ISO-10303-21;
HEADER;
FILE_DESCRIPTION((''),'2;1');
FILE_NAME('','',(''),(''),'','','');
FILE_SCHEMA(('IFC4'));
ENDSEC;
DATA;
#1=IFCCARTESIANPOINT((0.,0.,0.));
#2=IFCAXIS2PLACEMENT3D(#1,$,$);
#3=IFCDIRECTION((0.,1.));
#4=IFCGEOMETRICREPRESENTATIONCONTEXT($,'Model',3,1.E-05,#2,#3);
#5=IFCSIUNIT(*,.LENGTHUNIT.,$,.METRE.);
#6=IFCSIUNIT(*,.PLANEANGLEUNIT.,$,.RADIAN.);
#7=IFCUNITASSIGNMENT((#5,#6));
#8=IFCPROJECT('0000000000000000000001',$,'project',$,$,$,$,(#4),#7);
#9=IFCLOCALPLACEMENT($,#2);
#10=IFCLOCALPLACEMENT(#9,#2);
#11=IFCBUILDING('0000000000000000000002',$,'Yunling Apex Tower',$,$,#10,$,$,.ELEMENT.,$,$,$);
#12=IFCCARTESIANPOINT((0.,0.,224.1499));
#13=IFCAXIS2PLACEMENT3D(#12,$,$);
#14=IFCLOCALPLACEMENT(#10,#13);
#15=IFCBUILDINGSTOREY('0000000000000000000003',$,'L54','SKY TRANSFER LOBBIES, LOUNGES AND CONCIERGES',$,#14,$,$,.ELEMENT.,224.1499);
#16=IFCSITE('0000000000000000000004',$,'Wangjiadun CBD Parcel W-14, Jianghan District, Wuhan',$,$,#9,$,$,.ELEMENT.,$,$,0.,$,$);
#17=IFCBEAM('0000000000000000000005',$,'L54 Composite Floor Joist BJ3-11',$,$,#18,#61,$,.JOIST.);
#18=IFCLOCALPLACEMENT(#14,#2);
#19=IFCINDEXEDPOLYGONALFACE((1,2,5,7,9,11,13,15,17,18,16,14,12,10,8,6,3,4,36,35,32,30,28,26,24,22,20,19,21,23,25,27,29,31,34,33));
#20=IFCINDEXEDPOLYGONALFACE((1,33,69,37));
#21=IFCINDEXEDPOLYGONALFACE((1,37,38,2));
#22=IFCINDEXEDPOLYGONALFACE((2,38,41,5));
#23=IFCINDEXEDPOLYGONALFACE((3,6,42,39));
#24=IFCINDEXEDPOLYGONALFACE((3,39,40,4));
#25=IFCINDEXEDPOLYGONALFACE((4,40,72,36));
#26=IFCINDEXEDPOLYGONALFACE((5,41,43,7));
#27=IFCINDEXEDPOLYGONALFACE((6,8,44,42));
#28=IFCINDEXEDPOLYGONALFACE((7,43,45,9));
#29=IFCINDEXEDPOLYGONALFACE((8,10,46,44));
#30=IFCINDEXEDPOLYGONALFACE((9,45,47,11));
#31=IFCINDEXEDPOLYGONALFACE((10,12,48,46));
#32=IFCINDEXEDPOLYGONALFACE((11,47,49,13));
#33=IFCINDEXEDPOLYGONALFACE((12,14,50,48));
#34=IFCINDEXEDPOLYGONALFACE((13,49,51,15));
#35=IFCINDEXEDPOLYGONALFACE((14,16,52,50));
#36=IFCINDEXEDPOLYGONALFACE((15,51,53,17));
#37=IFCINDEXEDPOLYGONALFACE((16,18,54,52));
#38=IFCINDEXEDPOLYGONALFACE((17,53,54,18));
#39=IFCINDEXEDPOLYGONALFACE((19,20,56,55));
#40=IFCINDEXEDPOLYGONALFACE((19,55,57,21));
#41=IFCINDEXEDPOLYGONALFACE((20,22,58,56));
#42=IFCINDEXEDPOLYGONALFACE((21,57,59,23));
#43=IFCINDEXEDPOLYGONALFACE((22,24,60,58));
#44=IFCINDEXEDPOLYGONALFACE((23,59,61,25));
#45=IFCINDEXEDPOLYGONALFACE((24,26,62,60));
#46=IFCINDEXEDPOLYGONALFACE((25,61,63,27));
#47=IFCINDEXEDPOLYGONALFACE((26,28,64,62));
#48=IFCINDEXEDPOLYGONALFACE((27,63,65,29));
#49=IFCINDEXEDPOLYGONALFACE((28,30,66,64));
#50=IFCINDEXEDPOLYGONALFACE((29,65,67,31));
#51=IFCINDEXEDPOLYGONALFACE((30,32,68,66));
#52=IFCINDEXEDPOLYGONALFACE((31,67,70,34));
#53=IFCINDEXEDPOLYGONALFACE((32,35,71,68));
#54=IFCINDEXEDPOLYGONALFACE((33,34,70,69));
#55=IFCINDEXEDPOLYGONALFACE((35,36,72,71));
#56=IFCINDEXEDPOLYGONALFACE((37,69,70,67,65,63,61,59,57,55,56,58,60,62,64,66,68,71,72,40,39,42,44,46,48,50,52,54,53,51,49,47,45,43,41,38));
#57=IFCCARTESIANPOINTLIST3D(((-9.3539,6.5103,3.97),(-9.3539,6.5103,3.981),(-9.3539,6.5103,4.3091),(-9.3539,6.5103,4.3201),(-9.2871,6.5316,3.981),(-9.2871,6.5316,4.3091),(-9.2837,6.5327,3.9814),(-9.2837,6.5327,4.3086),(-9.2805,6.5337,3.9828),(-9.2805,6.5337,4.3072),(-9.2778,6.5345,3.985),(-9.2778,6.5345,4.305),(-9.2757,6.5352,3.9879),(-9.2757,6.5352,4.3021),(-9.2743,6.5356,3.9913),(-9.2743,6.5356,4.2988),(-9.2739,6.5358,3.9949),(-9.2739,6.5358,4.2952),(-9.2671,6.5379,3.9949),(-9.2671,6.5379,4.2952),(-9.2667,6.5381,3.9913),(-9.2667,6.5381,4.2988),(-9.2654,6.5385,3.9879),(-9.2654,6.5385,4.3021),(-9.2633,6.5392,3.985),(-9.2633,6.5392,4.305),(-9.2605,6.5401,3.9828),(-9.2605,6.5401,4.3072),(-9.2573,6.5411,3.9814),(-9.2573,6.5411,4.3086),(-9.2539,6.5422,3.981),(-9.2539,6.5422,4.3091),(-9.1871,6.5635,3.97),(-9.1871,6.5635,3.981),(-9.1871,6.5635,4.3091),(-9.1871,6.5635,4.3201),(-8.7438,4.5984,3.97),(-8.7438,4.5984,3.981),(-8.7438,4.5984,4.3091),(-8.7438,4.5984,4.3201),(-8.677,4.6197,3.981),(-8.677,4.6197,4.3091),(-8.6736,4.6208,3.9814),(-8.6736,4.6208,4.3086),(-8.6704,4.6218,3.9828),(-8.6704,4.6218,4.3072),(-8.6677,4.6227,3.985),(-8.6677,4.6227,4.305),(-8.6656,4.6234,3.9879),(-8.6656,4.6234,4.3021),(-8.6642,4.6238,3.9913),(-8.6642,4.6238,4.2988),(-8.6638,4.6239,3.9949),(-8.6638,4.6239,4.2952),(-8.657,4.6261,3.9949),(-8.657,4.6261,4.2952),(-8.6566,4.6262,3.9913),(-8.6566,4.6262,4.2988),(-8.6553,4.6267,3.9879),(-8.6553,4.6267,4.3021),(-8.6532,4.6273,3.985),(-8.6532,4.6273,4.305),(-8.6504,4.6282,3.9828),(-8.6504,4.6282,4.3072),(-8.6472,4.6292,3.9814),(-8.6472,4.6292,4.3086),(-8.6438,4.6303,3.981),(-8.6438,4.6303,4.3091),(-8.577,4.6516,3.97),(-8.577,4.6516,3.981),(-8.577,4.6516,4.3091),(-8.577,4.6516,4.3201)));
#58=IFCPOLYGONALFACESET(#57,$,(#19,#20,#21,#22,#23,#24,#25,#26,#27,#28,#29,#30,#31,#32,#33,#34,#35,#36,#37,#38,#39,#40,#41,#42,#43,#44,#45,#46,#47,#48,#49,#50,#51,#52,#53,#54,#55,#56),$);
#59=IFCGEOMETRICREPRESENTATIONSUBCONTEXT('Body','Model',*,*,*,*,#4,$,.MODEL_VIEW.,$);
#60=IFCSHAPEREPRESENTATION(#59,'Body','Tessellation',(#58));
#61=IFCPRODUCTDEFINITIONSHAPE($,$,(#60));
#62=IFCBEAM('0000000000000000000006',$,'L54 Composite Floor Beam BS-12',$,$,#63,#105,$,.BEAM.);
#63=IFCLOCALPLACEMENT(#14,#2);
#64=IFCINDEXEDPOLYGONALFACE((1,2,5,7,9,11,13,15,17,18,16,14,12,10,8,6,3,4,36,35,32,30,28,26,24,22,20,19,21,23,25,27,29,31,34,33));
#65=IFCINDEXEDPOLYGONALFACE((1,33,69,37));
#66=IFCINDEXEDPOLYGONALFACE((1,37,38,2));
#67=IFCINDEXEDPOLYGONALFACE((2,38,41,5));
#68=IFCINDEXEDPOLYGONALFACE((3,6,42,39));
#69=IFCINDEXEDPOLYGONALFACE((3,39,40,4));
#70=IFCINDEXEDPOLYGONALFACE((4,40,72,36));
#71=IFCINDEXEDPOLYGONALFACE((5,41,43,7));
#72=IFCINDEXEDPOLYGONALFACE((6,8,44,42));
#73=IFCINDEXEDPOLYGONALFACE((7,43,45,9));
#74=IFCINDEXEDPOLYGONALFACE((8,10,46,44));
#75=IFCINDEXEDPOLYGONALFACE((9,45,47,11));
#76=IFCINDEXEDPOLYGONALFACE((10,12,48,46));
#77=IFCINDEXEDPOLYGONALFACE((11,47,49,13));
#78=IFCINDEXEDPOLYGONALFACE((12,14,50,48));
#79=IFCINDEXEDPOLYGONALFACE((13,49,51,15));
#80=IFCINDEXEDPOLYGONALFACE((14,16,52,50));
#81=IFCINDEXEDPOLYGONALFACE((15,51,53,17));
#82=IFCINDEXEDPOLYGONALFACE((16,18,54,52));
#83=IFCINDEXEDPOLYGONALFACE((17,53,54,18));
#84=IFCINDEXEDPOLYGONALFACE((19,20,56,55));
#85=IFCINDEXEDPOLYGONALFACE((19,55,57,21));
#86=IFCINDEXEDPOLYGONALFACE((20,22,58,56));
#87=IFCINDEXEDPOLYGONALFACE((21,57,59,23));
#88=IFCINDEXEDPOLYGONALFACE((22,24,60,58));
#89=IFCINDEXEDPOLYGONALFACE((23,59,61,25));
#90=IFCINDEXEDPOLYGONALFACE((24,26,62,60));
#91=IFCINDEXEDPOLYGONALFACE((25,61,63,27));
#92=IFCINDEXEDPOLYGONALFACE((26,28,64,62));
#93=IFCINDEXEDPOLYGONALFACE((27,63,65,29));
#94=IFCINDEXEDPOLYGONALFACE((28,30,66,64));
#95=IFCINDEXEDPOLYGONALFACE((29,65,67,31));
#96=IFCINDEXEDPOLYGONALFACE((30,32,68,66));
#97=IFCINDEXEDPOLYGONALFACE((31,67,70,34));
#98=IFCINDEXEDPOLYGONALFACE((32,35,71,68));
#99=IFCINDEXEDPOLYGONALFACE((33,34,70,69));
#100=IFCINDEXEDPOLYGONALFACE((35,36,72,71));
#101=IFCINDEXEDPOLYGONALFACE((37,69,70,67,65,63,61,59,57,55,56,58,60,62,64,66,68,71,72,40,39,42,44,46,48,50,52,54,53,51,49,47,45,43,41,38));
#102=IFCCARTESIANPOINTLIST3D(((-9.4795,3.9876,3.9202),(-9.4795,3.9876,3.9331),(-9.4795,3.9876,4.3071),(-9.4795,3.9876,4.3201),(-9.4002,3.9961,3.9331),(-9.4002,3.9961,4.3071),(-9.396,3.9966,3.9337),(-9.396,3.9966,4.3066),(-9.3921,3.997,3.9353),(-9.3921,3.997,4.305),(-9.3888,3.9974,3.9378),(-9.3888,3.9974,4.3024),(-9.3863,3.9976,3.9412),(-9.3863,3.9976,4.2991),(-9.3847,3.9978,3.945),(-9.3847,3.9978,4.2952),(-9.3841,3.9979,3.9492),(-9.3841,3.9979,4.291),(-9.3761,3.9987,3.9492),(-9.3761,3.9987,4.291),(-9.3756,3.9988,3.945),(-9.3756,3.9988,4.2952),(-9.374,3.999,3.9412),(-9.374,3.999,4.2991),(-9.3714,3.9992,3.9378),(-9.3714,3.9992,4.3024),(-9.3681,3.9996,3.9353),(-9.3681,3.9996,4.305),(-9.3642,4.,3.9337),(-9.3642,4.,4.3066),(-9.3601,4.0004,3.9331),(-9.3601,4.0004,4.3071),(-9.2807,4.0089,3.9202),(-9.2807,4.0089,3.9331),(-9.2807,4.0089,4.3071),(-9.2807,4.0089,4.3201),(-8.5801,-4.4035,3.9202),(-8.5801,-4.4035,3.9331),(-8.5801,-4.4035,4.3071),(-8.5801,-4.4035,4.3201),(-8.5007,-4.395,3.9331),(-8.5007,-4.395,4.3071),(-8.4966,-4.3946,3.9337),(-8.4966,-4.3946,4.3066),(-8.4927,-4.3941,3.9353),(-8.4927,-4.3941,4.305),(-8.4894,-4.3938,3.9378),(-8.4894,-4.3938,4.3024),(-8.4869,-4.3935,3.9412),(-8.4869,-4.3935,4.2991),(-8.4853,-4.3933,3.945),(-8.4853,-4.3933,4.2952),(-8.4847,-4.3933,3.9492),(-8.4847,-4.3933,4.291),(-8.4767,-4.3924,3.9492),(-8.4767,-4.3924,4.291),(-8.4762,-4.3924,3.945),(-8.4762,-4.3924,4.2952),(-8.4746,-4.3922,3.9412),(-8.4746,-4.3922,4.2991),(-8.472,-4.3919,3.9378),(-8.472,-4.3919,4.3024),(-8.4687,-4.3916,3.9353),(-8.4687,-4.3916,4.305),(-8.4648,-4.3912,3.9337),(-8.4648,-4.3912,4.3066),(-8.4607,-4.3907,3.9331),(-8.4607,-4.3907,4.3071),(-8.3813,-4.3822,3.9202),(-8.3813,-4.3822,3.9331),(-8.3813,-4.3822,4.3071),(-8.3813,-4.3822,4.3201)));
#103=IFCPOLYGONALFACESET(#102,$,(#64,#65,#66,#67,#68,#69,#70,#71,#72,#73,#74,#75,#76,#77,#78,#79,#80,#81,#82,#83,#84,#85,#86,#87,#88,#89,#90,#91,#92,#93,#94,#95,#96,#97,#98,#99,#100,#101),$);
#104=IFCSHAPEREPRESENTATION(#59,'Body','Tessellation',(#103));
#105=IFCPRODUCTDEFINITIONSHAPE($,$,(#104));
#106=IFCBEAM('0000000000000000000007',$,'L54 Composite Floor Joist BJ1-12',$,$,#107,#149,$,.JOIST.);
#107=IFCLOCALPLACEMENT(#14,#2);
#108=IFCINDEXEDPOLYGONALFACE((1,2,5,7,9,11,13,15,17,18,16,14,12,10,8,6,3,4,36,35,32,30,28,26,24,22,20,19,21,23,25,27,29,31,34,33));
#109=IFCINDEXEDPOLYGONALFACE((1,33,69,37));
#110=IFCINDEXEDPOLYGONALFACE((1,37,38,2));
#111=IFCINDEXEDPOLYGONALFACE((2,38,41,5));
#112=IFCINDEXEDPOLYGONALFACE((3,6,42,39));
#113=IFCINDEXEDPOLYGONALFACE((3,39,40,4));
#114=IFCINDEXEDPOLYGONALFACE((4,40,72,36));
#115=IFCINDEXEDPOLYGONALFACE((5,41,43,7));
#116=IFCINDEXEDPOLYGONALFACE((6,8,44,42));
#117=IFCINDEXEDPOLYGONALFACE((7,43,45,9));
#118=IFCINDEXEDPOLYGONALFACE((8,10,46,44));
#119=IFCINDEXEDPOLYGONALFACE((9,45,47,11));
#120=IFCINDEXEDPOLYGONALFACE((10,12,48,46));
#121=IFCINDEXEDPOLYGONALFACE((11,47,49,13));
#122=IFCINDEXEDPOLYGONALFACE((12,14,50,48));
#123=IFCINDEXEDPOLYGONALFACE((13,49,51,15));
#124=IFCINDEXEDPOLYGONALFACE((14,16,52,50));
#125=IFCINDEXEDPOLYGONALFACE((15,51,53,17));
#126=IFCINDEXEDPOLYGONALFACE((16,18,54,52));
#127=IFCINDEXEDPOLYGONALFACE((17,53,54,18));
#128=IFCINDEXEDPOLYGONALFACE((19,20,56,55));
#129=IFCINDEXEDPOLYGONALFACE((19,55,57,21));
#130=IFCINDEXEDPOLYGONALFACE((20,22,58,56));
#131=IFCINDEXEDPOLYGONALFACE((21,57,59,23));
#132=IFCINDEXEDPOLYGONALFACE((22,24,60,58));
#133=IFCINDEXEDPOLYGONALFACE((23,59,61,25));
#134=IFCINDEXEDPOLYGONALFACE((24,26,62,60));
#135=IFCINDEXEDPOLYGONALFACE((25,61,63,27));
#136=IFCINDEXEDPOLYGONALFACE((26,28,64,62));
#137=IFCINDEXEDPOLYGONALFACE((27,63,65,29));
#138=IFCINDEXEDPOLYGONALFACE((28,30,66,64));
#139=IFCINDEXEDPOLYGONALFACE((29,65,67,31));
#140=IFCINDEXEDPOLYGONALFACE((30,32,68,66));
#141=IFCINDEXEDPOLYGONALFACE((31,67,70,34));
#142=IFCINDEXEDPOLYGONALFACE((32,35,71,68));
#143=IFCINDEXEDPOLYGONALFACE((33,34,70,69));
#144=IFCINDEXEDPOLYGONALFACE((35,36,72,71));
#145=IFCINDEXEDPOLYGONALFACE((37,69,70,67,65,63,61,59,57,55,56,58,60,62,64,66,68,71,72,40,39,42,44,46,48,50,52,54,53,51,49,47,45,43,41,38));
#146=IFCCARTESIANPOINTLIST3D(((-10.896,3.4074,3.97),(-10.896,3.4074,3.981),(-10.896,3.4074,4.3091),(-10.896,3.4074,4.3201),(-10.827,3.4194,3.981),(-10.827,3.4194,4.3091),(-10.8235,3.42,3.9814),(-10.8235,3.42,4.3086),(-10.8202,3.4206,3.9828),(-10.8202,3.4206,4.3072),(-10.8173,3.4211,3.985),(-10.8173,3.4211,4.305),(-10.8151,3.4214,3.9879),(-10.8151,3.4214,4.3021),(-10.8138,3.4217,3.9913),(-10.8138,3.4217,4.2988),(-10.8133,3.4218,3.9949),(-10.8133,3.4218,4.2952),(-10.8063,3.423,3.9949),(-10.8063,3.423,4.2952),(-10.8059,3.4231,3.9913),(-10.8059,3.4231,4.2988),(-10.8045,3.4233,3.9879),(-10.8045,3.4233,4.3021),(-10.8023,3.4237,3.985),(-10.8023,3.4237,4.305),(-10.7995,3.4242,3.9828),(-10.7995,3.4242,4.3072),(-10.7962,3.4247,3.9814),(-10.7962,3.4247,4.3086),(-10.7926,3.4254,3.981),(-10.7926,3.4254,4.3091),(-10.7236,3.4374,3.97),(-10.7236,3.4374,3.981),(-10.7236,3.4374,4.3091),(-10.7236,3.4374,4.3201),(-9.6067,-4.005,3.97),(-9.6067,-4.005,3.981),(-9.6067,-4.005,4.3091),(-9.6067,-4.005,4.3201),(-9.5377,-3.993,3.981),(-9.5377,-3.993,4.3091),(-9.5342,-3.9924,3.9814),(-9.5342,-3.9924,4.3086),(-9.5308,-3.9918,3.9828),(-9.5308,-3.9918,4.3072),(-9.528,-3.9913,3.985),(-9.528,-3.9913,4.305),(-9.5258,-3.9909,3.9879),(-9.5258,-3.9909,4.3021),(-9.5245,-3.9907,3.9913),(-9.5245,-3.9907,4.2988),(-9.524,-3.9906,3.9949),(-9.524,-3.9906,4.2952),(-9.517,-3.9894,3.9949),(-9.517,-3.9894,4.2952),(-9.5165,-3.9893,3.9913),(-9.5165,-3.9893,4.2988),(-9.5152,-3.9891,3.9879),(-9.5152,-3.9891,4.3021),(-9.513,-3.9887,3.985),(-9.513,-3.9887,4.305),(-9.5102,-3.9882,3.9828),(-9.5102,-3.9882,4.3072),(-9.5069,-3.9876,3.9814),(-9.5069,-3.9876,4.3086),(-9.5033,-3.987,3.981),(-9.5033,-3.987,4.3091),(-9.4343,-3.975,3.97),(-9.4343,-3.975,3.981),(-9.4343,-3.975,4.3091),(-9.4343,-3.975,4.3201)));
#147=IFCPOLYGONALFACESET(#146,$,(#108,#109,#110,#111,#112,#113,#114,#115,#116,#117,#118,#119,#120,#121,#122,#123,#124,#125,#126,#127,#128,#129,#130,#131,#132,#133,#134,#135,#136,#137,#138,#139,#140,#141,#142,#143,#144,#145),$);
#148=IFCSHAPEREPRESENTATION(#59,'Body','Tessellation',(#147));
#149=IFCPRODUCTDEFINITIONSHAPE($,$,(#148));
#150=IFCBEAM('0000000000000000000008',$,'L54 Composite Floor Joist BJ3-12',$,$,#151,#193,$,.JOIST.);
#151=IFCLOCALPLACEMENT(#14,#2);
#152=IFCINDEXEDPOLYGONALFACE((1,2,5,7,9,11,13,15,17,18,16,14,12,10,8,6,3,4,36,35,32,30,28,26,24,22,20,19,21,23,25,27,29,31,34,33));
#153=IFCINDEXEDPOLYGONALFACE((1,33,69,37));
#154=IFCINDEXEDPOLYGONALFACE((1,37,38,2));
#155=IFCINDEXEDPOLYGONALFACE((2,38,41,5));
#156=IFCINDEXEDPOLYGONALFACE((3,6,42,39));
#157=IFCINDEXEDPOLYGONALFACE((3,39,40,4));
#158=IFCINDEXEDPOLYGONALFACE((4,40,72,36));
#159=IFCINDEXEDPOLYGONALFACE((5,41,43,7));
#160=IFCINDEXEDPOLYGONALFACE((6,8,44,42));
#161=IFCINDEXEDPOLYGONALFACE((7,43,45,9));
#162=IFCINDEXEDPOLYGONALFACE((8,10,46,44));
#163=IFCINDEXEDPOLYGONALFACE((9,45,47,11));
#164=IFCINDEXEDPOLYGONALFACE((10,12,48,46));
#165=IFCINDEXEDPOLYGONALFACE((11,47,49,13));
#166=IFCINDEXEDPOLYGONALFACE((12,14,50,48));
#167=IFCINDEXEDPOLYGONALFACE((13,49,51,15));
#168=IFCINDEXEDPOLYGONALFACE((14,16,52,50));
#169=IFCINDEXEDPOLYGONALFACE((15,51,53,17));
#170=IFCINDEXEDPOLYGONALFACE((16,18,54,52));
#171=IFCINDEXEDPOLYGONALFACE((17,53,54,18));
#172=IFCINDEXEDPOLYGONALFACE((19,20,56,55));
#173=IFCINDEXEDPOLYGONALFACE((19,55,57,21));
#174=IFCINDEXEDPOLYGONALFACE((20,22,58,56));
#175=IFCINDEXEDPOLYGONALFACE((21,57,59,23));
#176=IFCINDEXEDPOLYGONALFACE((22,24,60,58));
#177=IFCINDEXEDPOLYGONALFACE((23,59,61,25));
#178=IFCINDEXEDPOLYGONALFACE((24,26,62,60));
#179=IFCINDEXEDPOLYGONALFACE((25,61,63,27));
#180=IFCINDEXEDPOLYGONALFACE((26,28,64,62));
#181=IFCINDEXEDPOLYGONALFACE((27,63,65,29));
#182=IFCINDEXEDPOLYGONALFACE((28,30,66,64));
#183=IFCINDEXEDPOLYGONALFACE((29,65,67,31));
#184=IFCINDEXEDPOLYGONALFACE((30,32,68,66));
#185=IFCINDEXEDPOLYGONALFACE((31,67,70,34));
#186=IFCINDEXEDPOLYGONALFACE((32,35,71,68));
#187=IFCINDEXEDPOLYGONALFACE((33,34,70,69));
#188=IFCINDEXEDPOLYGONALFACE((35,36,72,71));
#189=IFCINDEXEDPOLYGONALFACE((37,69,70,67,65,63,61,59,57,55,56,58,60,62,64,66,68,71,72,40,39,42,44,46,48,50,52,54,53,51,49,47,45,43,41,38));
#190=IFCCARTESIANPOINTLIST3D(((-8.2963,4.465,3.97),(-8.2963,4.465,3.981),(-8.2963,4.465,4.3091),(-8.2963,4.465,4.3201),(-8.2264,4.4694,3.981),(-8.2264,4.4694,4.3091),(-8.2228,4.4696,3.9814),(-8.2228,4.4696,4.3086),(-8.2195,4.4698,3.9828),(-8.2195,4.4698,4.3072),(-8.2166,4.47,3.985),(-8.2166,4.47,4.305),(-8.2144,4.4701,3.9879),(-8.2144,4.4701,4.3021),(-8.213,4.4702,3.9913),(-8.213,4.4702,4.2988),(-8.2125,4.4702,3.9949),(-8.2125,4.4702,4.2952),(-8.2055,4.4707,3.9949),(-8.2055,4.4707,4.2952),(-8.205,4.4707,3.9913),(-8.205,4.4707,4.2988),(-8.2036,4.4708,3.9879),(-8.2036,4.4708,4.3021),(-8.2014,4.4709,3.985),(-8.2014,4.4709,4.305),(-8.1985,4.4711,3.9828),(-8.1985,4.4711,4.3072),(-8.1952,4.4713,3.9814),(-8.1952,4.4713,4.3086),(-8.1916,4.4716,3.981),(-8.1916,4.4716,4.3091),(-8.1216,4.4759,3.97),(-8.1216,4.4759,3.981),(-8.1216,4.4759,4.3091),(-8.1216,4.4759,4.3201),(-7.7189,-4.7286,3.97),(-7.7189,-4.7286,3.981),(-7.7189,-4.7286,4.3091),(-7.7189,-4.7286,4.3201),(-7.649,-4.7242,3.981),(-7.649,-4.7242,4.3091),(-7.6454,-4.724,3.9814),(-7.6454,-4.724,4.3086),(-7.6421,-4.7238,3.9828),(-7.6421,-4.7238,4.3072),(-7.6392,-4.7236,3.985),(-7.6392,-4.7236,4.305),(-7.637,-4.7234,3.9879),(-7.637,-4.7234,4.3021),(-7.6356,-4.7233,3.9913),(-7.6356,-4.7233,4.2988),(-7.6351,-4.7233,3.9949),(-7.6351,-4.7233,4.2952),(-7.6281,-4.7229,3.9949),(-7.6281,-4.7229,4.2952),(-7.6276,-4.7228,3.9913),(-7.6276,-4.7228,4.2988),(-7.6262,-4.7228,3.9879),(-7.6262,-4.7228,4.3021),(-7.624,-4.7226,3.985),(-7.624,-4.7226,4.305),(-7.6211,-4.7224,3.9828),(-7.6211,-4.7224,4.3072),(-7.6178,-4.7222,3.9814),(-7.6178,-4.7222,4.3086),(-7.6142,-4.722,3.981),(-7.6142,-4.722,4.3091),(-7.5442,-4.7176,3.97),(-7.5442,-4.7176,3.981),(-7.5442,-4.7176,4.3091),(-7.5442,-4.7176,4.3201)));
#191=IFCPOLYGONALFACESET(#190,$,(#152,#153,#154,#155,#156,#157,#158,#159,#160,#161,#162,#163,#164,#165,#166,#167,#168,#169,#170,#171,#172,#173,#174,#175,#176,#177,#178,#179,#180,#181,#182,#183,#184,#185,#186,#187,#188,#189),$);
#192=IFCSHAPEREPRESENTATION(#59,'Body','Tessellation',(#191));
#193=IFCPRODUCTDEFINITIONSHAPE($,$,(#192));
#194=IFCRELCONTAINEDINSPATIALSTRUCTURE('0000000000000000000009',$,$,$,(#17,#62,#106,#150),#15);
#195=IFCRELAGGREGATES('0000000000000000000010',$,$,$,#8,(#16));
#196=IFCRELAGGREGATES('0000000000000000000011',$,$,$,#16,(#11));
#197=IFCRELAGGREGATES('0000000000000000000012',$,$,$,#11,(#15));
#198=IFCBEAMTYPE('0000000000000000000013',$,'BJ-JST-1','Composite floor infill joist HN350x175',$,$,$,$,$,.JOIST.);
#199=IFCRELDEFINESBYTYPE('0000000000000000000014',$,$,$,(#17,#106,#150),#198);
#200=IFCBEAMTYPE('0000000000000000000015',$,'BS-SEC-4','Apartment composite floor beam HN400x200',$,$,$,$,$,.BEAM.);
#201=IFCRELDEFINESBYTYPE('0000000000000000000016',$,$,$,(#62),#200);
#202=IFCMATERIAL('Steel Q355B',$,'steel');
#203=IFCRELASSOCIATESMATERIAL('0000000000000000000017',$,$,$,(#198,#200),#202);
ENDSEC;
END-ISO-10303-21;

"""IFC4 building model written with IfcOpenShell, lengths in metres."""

from ifc_helpers import new_model, si_unit, direction, frame, origin, origin_2d, place, context, subcontext, project, spatial, i_section, extrude, source, transform, mapped, material, material_profile, profile_set, type_object, element, save


model = new_model("IFC4")

# Units and contexts
model_context = context("Model", 3, precision=1e-05, world=origin(), true_north=direction((0.0, 1.0)))
body_context = subcontext(model_context, "Body", "Model", "MODEL_VIEW")
ifc_project = project(units=[si_unit("LENGTHUNIT", "METRE"), si_unit("PLANEANGLEUNIT", "RADIAN")], contexts=[model_context])

# Site, building, storey
site_placement = place(None, origin())
site = spatial("IfcSite", under=ifc_project, at=site_placement, Name="Wangjiadun CBD Parcel W-14, Jianghan District, Wuhan", CompositionType="ELEMENT", RefElevation=0.0)
building_placement = place(site_placement, origin())
building = spatial("IfcBuilding", under=site, at=building_placement, Name="Yunling Apex Tower", CompositionType="ELEMENT")
storey_placement = place(building_placement, frame((0.0, 0.0, 224.1499)))
storey = spatial("IfcBuildingStorey", under=building, at=storey_placement, Name="L54", Description="SKY TRANSFER LOBBIES, LOUNGES AND CONCIERGES", CompositionType="ELEMENT", Elevation=224.1499)

# Beams
ifc_material_1 = material(Name="Steel Q355B", Category="steel")
ifc_material_profile_1 = material_profile(ifc_material_1, i_section(OverallWidth=0.175, OverallDepth=0.3501, WebThickness=0.0071, FlangeThickness=0.011, FilletRadius=0.0139, at=origin_2d()))
ifc_profile_set_1 = profile_set([ifc_material_profile_1], Name="Steel Q355B")
beam_type_1 = type_object("IfcBeamType", Name="BJ-JST-1", Description="Composite floor infill joist HN350x175", PredefinedType="JOIST", material=ifc_profile_set_1)
shared_shape_1 = source(origin(), body_context, "Body", "SweptSolid", [
    extrude(i_section(OverallWidth=0.175, OverallDepth=0.3501, WebThickness=0.0071, FlangeThickness=0.011, FilletRadius=0.0139, at=origin_2d()), origin(), (0.0, 0.0, 1.0), 2.0068),
])
beam_1_placement = place(storey_placement, frame((-9.2705, 6.5369, 4.145), z_axis=(0.304012, -0.952668, 0.0), x_axis=(0.952668, 0.304012, 0.0)))
element("IfcBeam", 1, at=beam_1_placement, inside=storey, type_object=beam_type_1, Name="L54 Composite Floor Joist BJ3-11", PredefinedType="JOIST", context=body_context, shape_type="MappedRepresentation", body=[
    mapped(shared_shape_1, transform((0.0, 0.0, 0.0), scale=1.0)),
])
ifc_material_profile_2 = material_profile(ifc_material_1, i_section(OverallWidth=0.2, OverallDepth=0.3999, WebThickness=0.0081, FlangeThickness=0.0129, FilletRadius=0.0161, at=origin_2d()))
ifc_profile_set_2 = profile_set([ifc_material_profile_2], Name="Steel Q355B")
beam_type_2 = type_object("IfcBeamType", Name="BS-SEC-4", Description="Apartment composite floor beam HN400x200", PredefinedType="BEAM", material=ifc_profile_set_2)
shared_shape_2 = source(origin(), body_context, "Body", "SweptSolid", [
    extrude(i_section(OverallWidth=0.2, OverallDepth=0.3999, WebThickness=0.0081, FlangeThickness=0.0129, FilletRadius=0.0161, at=origin_2d()), origin(), (0.0, 0.0, 1.0), 8.4392),
])
beam_2_placement = place(storey_placement, frame((-9.3801, 3.9983, 4.1201), z_axis=(0.106576, -0.994305, 0.0), x_axis=(0.994305, 0.106576, 0.0)))
element("IfcBeam", 2, at=beam_2_placement, inside=storey, type_object=beam_type_2, Name="L54 Composite Floor Beam BS-12", PredefinedType="BEAM", context=body_context, shape_type="MappedRepresentation", body=[
    mapped(shared_shape_2, transform((0.0, 0.0, 0.0), scale=1.0)),
])
shared_shape_3 = source(origin(), body_context, "Body", "SweptSolid", [
    extrude(i_section(OverallWidth=0.175, OverallDepth=0.3501, WebThickness=0.0071, FlangeThickness=0.011, FilletRadius=0.0139, at=origin_2d()), origin(), (0.0, 0.0, 1.0), 7.5237),
])
beam_3_placement = place(storey_placement, frame((-10.8098, 3.4224, 4.145), z_axis=(0.171367, -0.985207, 0.0), x_axis=(0.985207, 0.171367, 0.0)))
element("IfcBeam", 3, at=beam_3_placement, inside=storey, type_object=beam_type_1, Name="L54 Composite Floor Joist BJ1-12", PredefinedType="JOIST", context=body_context, shape_type="MappedRepresentation", body=[
    mapped(shared_shape_3, transform((0.0, 0.0, 0.0), scale=1.0)),
])
shared_shape_4 = source(origin(), body_context, "Body", "SweptSolid", [
    extrude(i_section(OverallWidth=0.175, OverallDepth=0.3501, WebThickness=0.0071, FlangeThickness=0.011, FilletRadius=0.0139, at=origin_2d()), origin(), (0.0, 0.0, 1.0), 9.2117),
])
beam_4_placement = place(storey_placement, frame((-8.209, 4.4705, 4.145), z_axis=(0.06268, -0.998034, 0.0), x_axis=(0.998034, 0.06268, 0.0)))
element("IfcBeam", 4, at=beam_4_placement, inside=storey, type_object=beam_type_1, Name="L54 Composite Floor Joist BJ3-12", PredefinedType="JOIST", context=body_context, shape_type="MappedRepresentation", body=[
    mapped(shared_shape_4, transform((0.0, 0.0, 0.0), scale=1.0)),
])

save(model, "model.ifc")
